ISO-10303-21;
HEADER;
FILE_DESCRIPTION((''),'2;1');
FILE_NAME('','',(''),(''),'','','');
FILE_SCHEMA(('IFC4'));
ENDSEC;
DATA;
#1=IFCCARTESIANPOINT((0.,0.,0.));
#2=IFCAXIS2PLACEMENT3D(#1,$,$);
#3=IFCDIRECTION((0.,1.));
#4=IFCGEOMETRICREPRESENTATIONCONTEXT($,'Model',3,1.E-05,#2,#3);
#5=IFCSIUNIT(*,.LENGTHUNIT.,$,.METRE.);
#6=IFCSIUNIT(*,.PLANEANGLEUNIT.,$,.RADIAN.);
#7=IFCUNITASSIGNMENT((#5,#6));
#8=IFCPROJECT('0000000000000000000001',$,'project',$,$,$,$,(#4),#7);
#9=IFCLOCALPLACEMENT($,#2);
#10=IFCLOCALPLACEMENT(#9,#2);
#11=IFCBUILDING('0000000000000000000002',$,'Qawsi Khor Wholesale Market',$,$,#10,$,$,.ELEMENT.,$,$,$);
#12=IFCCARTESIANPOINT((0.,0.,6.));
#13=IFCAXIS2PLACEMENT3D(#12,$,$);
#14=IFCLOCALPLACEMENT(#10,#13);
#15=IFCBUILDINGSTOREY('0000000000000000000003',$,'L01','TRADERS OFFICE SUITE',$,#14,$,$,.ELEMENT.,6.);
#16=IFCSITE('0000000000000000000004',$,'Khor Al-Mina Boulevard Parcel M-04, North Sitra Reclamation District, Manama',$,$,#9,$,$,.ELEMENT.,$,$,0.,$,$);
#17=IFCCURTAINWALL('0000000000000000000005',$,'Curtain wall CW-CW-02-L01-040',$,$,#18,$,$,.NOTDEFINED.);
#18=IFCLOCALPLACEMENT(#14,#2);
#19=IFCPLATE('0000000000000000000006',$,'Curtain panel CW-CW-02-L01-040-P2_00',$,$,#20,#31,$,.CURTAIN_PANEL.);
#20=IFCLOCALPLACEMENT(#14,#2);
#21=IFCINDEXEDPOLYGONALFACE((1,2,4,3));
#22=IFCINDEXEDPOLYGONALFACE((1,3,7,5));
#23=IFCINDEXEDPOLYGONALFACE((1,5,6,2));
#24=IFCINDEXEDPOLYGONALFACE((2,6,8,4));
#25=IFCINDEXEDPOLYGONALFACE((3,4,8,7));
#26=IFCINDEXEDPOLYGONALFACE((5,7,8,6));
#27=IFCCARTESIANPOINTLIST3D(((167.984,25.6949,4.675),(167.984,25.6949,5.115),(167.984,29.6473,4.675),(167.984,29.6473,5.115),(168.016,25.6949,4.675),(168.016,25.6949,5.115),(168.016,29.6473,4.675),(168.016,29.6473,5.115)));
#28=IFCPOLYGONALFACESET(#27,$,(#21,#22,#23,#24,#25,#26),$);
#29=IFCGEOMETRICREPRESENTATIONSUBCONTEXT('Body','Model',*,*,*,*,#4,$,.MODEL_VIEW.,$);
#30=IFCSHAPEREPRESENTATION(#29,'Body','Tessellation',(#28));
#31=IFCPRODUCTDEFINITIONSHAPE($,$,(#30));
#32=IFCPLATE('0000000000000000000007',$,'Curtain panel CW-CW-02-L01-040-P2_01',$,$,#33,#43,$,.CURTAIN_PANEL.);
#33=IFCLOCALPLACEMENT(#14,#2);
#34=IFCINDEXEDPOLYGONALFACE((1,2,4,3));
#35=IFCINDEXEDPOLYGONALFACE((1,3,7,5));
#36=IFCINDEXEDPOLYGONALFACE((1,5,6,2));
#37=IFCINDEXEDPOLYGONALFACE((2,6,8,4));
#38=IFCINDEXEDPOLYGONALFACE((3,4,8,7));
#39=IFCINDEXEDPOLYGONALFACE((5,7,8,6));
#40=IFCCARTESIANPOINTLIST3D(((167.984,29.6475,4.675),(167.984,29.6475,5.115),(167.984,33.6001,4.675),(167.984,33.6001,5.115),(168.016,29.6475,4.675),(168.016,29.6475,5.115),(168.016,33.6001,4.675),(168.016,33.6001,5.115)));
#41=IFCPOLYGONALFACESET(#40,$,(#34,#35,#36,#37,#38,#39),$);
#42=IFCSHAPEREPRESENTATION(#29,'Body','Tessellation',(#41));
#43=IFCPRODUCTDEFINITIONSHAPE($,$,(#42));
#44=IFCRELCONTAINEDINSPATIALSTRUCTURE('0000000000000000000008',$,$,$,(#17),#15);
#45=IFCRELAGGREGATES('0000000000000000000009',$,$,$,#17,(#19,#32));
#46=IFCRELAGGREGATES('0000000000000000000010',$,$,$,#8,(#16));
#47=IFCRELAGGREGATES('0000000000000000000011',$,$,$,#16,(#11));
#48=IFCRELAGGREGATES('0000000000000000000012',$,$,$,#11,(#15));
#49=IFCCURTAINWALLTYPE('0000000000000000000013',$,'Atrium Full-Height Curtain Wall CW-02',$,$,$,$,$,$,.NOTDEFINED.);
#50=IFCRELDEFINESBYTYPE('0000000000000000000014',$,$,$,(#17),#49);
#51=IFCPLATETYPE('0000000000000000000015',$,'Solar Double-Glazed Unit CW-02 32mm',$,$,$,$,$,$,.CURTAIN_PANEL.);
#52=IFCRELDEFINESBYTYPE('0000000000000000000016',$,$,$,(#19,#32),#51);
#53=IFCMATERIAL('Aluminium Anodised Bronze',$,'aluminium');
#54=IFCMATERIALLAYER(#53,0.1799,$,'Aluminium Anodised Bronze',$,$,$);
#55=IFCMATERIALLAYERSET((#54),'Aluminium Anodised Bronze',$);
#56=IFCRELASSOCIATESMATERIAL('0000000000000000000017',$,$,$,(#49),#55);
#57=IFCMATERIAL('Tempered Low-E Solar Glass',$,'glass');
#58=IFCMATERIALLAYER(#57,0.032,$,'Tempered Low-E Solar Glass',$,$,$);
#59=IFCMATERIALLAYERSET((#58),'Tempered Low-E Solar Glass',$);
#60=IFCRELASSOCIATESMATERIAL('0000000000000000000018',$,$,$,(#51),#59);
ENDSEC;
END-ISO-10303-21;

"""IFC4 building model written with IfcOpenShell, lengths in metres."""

from ifc_helpers import new_model, si_unit, direction, frame, frame_2d, origin, place, context, subcontext, project, spatial, rectangle, extrude, material, layer, layer_set, type_object, element, aggregate, save


model = new_model("IFC4")

# Units and contexts
model_context = context("Model", 3, precision=1e-05, world=origin(), true_north=direction((0.0, 1.0)))
body_context = subcontext(model_context, "Body", "Model", "MODEL_VIEW")
ifc_project = project(units=[si_unit("LENGTHUNIT", "METRE"), si_unit("PLANEANGLEUNIT", "RADIAN")], contexts=[model_context])

# Site, building, storey
site_placement = place(None, origin())
site = spatial("IfcSite", under=ifc_project, at=site_placement, Name="Khor Al-Mina Boulevard Parcel M-04, North Sitra Reclamation District, Manama", CompositionType="ELEMENT", RefElevation=0.0)
building_placement = place(site_placement, origin())
building = spatial("IfcBuilding", under=site, at=building_placement, Name="Qawsi Khor Wholesale Market", CompositionType="ELEMENT")
storey_placement = place(building_placement, frame((0.0, 0.0, 6.0)))
storey = spatial("IfcBuildingStorey", under=building, at=storey_placement, Name="L01", Description="TRADERS OFFICE SUITE", CompositionType="ELEMENT", Elevation=6.0)

# Shared definitions
ifc_material_1 = material(Name="Aluminium Anodised Bronze", Category="aluminium")
ifc_layer_1 = layer(ifc_material_1, 0.1799, Name="Aluminium Anodised Bronze")
ifc_layer_set_1 = layer_set([ifc_layer_1], Name="Aluminium Anodised Bronze")
curtain_wall_type = type_object("IfcCurtainWallType", Name="Atrium Full-Height Curtain Wall CW-02", PredefinedType="NOTDEFINED", material=ifc_layer_set_1)

# Curtain wall
curtain_wall_1_placement = place(storey_placement, origin())
curtain_wall_1 = element("IfcCurtainWall", 1, at=curtain_wall_1_placement, inside=storey, type_object=curtain_wall_type, Name="Curtain wall CW-CW-02-L01-040", PredefinedType="NOTDEFINED")

# Plates
ifc_material_2 = material(Name="Tempered Low-E Solar Glass", Category="glass")
ifc_layer_2 = layer(ifc_material_2, 0.032, Name="Tempered Low-E Solar Glass")
ifc_layer_set_2 = layer_set([ifc_layer_2], Name="Tempered Low-E Solar Glass")
plate_type_1 = type_object("IfcPlateType", Name="Solar Double-Glazed Unit CW-02 32mm", PredefinedType="CURTAIN_PANEL", material=ifc_layer_set_2)
plate_1_placement = place(storey_placement, frame((168.0, 25.6951, 4.675), z_axis=(0.0, 0.0, 1.0), x_axis=(0.0, 1.0, 0.0)))
plate_1 = element("IfcPlate", 2, at=plate_1_placement, type_object=plate_type_1, Name="Curtain panel CW-CW-02-L01-040-P2_00", PredefinedType="CURTAIN_PANEL", context=body_context, shape_type="SweptSolid", body=[
    extrude(rectangle(XDim=3.9524, YDim=0.032, at=frame_2d((1.9761, 0.0))), origin(), (0.0, 0.0, 1.0), 0.4399),
])
plate_2_placement = place(storey_placement, frame((168.0, 29.6475, 4.675), z_axis=(0.0, 0.0, 1.0), x_axis=(0.0, 1.0, 0.0)))
plate_2 = element("IfcPlate", 3, at=plate_2_placement, type_object=plate_type_1, Name="Curtain panel CW-CW-02-L01-040-P2_01", PredefinedType="CURTAIN_PANEL", context=body_context, shape_type="SweptSolid", body=[
    extrude(rectangle(XDim=3.9526, YDim=0.032, at=frame_2d((1.9763, 0.0))), origin(), (0.0, 0.0, 1.0), 0.4399),
])
aggregate(curtain_wall_1, [plate_1, plate_2])

save(model, "model.ifc")
